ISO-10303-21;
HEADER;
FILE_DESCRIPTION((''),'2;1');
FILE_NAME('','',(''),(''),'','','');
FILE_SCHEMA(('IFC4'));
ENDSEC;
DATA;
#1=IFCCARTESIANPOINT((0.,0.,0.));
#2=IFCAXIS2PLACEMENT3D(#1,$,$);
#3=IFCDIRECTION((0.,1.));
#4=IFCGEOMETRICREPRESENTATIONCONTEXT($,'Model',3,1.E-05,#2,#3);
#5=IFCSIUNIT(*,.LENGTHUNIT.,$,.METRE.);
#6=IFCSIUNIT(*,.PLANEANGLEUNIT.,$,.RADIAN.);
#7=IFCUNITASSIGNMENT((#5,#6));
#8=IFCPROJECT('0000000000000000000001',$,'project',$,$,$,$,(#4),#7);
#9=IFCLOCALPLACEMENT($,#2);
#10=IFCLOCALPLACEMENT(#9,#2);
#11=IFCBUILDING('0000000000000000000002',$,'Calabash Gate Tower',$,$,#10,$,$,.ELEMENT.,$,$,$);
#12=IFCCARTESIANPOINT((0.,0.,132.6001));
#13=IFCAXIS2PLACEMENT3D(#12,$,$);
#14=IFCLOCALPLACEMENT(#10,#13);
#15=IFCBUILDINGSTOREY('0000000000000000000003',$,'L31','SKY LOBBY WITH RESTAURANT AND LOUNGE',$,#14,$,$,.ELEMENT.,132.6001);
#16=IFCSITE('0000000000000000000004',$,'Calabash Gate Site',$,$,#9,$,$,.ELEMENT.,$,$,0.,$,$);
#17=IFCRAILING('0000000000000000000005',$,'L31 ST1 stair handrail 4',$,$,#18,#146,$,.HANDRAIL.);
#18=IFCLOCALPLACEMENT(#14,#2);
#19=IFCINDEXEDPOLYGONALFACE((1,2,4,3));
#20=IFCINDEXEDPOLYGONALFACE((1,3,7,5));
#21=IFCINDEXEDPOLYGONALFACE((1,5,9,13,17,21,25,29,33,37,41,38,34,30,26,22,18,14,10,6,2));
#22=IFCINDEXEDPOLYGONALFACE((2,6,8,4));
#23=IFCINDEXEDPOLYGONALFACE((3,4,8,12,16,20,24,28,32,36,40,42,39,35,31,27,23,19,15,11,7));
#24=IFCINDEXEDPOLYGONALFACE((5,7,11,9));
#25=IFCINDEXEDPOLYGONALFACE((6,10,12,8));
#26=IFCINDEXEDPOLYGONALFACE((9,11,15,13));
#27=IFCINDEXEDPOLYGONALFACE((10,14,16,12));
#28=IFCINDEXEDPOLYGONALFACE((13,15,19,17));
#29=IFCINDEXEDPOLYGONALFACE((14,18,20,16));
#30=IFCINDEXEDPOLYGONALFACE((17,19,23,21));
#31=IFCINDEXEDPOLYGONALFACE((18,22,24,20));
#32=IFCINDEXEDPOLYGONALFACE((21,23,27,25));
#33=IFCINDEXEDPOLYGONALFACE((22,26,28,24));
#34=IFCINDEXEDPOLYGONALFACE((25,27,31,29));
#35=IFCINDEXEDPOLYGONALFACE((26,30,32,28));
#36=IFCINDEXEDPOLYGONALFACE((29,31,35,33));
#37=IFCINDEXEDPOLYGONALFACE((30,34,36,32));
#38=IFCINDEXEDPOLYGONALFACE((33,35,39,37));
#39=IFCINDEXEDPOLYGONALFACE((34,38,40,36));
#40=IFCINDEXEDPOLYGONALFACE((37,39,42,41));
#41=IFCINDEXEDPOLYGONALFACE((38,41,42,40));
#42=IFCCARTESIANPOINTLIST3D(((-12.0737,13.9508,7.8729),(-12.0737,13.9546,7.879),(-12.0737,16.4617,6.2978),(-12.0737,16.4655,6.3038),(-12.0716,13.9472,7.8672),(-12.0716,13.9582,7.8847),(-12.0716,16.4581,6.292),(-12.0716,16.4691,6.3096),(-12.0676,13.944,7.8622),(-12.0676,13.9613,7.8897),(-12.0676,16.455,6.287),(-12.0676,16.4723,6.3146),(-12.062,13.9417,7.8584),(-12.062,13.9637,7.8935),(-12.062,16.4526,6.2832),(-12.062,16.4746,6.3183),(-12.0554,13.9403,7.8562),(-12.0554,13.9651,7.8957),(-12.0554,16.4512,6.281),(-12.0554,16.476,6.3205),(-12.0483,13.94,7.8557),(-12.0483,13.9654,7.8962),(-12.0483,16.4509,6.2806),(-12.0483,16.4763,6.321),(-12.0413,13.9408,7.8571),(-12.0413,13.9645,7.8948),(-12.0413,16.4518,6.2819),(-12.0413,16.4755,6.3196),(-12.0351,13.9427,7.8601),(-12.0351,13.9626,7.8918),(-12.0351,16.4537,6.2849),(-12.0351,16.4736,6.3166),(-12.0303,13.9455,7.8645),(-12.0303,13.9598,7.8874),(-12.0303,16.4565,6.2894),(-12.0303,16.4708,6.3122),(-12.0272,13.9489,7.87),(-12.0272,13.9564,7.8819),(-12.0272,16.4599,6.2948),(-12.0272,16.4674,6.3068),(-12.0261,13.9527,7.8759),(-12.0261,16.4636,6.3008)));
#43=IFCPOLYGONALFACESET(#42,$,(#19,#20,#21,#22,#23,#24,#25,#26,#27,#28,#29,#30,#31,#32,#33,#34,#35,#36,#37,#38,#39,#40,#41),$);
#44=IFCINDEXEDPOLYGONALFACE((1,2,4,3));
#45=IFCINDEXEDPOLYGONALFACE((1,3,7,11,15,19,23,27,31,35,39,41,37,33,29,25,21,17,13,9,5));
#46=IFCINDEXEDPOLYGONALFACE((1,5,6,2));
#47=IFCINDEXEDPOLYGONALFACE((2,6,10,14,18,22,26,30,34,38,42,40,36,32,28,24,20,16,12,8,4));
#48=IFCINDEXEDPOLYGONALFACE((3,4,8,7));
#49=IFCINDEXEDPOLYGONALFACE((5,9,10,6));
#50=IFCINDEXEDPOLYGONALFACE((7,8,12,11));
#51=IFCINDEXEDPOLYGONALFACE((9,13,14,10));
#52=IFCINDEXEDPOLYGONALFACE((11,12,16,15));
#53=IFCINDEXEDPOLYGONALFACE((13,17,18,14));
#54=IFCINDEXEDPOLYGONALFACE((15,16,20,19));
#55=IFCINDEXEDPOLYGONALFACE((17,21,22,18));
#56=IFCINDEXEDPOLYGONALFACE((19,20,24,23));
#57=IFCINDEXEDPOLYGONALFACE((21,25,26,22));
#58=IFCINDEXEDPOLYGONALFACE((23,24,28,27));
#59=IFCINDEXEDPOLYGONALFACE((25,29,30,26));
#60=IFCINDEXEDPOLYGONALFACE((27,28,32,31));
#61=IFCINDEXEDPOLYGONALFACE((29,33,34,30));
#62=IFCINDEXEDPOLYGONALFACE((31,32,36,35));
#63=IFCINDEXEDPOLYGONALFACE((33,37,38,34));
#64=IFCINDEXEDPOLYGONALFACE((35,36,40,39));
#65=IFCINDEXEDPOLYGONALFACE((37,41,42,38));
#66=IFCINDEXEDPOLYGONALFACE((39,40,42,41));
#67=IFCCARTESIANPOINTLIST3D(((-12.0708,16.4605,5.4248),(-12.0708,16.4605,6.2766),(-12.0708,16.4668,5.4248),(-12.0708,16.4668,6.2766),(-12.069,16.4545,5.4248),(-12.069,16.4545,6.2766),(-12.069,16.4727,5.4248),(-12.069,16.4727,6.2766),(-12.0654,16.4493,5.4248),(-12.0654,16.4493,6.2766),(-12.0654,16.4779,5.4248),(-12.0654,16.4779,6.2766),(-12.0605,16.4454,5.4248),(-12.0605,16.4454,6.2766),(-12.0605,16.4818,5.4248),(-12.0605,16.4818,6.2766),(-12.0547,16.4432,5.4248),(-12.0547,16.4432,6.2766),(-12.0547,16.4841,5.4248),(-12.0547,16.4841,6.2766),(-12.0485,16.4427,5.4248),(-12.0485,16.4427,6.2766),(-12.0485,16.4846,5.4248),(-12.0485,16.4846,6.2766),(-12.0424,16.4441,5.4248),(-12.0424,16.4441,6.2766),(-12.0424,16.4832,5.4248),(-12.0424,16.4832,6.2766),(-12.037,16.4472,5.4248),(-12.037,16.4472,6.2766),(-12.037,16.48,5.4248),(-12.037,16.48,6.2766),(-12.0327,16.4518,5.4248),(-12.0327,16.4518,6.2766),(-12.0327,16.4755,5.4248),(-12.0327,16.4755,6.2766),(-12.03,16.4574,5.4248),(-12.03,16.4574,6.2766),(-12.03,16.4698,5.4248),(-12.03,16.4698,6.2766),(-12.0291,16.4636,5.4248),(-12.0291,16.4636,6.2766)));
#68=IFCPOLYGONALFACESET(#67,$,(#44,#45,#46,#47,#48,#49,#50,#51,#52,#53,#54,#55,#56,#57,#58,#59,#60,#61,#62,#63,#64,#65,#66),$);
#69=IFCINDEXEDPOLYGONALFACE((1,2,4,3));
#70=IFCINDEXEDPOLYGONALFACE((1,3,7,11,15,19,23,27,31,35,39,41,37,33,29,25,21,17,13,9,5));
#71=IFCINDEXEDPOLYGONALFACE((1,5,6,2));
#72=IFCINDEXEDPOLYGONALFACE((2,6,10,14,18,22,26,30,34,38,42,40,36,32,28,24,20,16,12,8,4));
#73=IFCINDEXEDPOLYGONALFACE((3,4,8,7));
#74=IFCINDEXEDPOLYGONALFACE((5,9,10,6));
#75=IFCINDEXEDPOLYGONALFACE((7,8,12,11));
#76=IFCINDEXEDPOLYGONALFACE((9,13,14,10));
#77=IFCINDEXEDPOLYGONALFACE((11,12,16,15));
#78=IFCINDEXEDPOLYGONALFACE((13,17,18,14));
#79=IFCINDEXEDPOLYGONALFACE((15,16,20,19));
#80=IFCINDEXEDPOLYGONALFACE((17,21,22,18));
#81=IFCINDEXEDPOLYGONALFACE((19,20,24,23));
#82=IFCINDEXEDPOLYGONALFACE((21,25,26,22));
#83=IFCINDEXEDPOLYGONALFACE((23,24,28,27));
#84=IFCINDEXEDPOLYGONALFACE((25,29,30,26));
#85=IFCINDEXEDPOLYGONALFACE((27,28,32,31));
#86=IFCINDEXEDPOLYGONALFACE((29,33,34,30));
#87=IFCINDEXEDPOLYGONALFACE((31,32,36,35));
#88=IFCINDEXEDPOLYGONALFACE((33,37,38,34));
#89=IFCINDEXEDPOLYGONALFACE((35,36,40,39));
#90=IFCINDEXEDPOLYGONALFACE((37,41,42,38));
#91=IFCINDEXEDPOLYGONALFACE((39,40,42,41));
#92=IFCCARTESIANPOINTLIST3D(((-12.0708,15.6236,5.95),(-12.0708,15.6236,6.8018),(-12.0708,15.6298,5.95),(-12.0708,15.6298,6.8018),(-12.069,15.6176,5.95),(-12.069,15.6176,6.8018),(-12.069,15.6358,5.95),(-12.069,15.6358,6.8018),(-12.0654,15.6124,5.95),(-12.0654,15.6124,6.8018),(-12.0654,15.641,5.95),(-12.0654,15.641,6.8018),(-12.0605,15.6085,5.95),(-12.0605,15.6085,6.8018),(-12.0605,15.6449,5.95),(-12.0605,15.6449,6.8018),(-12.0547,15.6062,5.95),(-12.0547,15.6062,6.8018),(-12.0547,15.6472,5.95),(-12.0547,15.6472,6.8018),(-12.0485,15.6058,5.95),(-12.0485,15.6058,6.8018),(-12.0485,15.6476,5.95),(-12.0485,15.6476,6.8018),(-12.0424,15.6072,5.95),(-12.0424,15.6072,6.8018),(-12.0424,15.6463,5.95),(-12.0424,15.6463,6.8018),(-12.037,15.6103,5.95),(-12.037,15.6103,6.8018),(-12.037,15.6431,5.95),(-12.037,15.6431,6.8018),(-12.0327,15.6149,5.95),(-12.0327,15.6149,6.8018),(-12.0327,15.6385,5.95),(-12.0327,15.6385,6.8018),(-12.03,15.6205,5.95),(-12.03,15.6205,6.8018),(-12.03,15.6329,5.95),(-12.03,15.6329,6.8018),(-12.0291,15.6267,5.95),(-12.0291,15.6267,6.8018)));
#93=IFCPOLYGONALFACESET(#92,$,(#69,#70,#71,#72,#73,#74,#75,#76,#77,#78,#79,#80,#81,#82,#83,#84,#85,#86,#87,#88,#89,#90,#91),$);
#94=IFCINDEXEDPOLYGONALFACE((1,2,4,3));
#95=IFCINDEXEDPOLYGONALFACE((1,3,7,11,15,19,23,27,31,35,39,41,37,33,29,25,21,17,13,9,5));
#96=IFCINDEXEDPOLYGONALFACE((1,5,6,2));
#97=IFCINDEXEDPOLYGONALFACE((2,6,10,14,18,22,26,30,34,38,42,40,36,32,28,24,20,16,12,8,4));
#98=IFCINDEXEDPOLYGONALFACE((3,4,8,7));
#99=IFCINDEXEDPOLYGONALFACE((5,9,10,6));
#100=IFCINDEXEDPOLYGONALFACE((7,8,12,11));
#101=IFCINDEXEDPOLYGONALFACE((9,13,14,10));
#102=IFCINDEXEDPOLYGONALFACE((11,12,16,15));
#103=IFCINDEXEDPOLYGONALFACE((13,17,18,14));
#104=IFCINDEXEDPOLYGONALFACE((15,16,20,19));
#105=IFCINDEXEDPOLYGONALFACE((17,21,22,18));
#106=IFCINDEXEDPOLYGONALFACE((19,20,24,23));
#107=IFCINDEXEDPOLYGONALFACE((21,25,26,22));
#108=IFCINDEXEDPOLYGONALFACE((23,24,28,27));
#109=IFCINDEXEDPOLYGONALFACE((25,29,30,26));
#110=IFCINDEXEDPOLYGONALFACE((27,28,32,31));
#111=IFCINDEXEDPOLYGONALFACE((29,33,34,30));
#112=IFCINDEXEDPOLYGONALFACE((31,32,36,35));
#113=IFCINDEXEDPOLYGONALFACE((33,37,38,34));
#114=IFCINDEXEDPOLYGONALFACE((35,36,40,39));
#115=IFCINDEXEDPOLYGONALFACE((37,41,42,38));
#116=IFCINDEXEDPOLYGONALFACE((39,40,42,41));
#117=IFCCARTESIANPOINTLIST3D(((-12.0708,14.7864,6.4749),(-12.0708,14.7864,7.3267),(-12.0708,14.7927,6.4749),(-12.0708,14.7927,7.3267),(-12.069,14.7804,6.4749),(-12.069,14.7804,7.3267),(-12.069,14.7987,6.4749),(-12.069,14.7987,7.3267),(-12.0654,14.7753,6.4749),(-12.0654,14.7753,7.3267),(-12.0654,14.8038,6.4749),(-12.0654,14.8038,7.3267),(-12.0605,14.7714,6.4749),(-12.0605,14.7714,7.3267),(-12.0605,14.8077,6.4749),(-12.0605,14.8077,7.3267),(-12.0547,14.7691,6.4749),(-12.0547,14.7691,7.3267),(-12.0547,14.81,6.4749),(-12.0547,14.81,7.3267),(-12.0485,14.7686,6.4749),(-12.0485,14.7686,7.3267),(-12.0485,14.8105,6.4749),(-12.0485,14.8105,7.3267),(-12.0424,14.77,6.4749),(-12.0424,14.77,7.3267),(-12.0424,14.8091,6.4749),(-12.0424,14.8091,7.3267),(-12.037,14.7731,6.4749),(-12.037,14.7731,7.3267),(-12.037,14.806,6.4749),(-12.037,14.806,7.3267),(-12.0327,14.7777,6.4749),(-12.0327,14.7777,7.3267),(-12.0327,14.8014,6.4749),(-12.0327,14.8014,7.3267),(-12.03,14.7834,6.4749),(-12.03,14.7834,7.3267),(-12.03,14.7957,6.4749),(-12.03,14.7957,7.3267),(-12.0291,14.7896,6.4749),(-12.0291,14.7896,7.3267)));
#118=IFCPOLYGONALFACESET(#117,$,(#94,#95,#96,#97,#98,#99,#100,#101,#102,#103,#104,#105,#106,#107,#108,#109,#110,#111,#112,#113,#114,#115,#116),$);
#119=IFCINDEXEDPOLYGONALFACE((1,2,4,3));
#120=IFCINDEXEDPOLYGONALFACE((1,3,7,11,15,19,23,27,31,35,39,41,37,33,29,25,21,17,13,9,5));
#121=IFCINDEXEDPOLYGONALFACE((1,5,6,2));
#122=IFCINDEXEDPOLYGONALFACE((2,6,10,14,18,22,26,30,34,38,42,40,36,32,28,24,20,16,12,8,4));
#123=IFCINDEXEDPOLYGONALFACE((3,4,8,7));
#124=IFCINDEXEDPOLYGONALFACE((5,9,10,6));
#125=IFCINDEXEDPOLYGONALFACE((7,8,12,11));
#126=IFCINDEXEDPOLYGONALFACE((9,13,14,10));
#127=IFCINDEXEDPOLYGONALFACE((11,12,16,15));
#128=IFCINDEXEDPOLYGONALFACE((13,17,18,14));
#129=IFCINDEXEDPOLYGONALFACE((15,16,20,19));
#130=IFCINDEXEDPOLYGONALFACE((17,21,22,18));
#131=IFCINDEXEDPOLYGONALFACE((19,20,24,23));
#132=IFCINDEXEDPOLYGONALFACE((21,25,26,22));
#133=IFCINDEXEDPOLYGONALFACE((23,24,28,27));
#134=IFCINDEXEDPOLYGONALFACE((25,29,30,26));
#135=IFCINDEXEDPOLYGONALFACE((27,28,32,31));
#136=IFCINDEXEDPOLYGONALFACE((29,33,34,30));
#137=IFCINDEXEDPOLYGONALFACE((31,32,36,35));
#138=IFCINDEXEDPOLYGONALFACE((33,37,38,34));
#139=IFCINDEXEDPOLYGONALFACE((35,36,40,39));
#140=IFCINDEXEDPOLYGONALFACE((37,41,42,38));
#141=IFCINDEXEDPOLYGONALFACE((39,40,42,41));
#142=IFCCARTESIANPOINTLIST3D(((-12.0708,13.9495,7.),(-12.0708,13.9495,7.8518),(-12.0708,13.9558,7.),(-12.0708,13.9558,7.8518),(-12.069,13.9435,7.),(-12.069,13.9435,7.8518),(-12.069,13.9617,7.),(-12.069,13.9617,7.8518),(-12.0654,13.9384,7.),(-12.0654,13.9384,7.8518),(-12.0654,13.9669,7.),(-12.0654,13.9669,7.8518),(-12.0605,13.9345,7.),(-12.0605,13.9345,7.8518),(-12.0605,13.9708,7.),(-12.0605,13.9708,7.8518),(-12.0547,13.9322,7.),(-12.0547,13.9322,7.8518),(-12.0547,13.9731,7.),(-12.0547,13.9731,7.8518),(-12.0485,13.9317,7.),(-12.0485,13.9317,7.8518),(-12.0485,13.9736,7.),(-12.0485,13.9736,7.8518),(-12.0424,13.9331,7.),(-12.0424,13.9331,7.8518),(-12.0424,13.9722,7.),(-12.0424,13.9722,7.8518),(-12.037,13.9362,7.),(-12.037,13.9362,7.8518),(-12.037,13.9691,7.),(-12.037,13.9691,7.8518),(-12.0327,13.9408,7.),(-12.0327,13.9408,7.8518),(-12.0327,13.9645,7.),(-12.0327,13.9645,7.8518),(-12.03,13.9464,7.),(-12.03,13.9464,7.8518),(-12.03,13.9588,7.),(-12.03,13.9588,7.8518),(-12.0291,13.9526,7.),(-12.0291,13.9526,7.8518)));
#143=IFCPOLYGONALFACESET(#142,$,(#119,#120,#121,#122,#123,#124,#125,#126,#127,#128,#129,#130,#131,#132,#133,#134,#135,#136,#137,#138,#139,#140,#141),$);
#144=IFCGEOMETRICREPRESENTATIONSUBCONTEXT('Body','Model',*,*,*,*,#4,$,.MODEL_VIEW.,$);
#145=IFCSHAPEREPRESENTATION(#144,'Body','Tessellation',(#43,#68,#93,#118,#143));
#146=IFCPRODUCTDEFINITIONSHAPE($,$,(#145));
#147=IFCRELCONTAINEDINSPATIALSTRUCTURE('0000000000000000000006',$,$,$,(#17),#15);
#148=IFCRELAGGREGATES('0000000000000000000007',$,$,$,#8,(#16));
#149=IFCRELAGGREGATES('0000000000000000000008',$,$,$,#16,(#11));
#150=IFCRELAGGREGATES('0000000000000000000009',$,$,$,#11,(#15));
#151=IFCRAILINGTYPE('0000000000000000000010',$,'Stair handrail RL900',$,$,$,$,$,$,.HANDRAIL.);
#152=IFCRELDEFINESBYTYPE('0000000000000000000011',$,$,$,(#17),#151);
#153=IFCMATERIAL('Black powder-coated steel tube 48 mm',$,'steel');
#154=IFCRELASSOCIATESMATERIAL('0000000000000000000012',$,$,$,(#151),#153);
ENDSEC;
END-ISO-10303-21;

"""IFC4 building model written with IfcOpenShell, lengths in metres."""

from ifc_helpers import new_model, si_unit, direction, frame, origin, origin_2d, place, context, subcontext, project, spatial, circle, extrude, material, type_object, element, save


model = new_model("IFC4")

# Units and contexts
model_context = context("Model", 3, precision=1e-05, world=origin(), true_north=direction((0.0, 1.0)))
body_context = subcontext(model_context, "Body", "Model", "MODEL_VIEW")
ifc_project = project(units=[si_unit("LENGTHUNIT", "METRE"), si_unit("PLANEANGLEUNIT", "RADIAN")], contexts=[model_context])

# Site, building, storey
site_placement = place(None, origin())
site = spatial("IfcSite", under=ifc_project, at=site_placement, Name="Calabash Gate Site", CompositionType="ELEMENT", RefElevation=0.0)
building_placement = place(site_placement, origin())
building = spatial("IfcBuilding", under=site, at=building_placement, Name="Calabash Gate Tower", CompositionType="ELEMENT")
storey_placement = place(building_placement, frame((0.0, 0.0, 132.6001)))
storey = spatial("IfcBuildingStorey", under=building, at=storey_placement, Name="L31", Description="SKY LOBBY WITH RESTAURANT AND LOUNGE", CompositionType="ELEMENT", Elevation=132.6001)

# Railing
ifc_material_1 = material(Name="Black powder-coated steel tube 48 mm", Category="steel")
railing_type_1 = type_object("IfcRailingType", Name="Stair handrail RL900", PredefinedType="HANDRAIL", material=ifc_material_1)
for number, where, name in (
    (1, (-12.05, 16.4636, 5.4248), "L31 ST1 stair handrail 4"),
):
    element("IfcRailing", number, at=place(storey_placement, frame(where)), inside=storey, type_object=railing_type_1, Name=name, PredefinedType="HANDRAIL", context=body_context, shape_type="SweptSolid", body=[
        extrude(circle(Radius=0.0239, at=origin_2d()), frame((0.0, 0.0, 0.876), z_axis=(0.0, -0.847113, 0.531412), x_axis=(1.0, 0.0, 0.0)), (0.0, 0.0, 1.0), 2.9641),
        extrude(circle(Radius=0.021, at=origin_2d()), origin(), (0.0, 0.0, 1.0), 0.8518),
        extrude(circle(Radius=0.021, at=origin_2d()), frame((0.0, -0.8369, 0.5251)), (0.0, 0.0, 1.0), 0.8518),
        extrude(circle(Radius=0.021, at=origin_2d()), frame((0.0, -1.6741, 1.05)), (0.0, 0.0, 1.0), 0.8518),
        extrude(circle(Radius=0.021, at=origin_2d()), frame((0.0, -2.511, 1.5752)), (0.0, 0.0, 1.0), 0.8518),
    ])

save(model, "model.ifc")
